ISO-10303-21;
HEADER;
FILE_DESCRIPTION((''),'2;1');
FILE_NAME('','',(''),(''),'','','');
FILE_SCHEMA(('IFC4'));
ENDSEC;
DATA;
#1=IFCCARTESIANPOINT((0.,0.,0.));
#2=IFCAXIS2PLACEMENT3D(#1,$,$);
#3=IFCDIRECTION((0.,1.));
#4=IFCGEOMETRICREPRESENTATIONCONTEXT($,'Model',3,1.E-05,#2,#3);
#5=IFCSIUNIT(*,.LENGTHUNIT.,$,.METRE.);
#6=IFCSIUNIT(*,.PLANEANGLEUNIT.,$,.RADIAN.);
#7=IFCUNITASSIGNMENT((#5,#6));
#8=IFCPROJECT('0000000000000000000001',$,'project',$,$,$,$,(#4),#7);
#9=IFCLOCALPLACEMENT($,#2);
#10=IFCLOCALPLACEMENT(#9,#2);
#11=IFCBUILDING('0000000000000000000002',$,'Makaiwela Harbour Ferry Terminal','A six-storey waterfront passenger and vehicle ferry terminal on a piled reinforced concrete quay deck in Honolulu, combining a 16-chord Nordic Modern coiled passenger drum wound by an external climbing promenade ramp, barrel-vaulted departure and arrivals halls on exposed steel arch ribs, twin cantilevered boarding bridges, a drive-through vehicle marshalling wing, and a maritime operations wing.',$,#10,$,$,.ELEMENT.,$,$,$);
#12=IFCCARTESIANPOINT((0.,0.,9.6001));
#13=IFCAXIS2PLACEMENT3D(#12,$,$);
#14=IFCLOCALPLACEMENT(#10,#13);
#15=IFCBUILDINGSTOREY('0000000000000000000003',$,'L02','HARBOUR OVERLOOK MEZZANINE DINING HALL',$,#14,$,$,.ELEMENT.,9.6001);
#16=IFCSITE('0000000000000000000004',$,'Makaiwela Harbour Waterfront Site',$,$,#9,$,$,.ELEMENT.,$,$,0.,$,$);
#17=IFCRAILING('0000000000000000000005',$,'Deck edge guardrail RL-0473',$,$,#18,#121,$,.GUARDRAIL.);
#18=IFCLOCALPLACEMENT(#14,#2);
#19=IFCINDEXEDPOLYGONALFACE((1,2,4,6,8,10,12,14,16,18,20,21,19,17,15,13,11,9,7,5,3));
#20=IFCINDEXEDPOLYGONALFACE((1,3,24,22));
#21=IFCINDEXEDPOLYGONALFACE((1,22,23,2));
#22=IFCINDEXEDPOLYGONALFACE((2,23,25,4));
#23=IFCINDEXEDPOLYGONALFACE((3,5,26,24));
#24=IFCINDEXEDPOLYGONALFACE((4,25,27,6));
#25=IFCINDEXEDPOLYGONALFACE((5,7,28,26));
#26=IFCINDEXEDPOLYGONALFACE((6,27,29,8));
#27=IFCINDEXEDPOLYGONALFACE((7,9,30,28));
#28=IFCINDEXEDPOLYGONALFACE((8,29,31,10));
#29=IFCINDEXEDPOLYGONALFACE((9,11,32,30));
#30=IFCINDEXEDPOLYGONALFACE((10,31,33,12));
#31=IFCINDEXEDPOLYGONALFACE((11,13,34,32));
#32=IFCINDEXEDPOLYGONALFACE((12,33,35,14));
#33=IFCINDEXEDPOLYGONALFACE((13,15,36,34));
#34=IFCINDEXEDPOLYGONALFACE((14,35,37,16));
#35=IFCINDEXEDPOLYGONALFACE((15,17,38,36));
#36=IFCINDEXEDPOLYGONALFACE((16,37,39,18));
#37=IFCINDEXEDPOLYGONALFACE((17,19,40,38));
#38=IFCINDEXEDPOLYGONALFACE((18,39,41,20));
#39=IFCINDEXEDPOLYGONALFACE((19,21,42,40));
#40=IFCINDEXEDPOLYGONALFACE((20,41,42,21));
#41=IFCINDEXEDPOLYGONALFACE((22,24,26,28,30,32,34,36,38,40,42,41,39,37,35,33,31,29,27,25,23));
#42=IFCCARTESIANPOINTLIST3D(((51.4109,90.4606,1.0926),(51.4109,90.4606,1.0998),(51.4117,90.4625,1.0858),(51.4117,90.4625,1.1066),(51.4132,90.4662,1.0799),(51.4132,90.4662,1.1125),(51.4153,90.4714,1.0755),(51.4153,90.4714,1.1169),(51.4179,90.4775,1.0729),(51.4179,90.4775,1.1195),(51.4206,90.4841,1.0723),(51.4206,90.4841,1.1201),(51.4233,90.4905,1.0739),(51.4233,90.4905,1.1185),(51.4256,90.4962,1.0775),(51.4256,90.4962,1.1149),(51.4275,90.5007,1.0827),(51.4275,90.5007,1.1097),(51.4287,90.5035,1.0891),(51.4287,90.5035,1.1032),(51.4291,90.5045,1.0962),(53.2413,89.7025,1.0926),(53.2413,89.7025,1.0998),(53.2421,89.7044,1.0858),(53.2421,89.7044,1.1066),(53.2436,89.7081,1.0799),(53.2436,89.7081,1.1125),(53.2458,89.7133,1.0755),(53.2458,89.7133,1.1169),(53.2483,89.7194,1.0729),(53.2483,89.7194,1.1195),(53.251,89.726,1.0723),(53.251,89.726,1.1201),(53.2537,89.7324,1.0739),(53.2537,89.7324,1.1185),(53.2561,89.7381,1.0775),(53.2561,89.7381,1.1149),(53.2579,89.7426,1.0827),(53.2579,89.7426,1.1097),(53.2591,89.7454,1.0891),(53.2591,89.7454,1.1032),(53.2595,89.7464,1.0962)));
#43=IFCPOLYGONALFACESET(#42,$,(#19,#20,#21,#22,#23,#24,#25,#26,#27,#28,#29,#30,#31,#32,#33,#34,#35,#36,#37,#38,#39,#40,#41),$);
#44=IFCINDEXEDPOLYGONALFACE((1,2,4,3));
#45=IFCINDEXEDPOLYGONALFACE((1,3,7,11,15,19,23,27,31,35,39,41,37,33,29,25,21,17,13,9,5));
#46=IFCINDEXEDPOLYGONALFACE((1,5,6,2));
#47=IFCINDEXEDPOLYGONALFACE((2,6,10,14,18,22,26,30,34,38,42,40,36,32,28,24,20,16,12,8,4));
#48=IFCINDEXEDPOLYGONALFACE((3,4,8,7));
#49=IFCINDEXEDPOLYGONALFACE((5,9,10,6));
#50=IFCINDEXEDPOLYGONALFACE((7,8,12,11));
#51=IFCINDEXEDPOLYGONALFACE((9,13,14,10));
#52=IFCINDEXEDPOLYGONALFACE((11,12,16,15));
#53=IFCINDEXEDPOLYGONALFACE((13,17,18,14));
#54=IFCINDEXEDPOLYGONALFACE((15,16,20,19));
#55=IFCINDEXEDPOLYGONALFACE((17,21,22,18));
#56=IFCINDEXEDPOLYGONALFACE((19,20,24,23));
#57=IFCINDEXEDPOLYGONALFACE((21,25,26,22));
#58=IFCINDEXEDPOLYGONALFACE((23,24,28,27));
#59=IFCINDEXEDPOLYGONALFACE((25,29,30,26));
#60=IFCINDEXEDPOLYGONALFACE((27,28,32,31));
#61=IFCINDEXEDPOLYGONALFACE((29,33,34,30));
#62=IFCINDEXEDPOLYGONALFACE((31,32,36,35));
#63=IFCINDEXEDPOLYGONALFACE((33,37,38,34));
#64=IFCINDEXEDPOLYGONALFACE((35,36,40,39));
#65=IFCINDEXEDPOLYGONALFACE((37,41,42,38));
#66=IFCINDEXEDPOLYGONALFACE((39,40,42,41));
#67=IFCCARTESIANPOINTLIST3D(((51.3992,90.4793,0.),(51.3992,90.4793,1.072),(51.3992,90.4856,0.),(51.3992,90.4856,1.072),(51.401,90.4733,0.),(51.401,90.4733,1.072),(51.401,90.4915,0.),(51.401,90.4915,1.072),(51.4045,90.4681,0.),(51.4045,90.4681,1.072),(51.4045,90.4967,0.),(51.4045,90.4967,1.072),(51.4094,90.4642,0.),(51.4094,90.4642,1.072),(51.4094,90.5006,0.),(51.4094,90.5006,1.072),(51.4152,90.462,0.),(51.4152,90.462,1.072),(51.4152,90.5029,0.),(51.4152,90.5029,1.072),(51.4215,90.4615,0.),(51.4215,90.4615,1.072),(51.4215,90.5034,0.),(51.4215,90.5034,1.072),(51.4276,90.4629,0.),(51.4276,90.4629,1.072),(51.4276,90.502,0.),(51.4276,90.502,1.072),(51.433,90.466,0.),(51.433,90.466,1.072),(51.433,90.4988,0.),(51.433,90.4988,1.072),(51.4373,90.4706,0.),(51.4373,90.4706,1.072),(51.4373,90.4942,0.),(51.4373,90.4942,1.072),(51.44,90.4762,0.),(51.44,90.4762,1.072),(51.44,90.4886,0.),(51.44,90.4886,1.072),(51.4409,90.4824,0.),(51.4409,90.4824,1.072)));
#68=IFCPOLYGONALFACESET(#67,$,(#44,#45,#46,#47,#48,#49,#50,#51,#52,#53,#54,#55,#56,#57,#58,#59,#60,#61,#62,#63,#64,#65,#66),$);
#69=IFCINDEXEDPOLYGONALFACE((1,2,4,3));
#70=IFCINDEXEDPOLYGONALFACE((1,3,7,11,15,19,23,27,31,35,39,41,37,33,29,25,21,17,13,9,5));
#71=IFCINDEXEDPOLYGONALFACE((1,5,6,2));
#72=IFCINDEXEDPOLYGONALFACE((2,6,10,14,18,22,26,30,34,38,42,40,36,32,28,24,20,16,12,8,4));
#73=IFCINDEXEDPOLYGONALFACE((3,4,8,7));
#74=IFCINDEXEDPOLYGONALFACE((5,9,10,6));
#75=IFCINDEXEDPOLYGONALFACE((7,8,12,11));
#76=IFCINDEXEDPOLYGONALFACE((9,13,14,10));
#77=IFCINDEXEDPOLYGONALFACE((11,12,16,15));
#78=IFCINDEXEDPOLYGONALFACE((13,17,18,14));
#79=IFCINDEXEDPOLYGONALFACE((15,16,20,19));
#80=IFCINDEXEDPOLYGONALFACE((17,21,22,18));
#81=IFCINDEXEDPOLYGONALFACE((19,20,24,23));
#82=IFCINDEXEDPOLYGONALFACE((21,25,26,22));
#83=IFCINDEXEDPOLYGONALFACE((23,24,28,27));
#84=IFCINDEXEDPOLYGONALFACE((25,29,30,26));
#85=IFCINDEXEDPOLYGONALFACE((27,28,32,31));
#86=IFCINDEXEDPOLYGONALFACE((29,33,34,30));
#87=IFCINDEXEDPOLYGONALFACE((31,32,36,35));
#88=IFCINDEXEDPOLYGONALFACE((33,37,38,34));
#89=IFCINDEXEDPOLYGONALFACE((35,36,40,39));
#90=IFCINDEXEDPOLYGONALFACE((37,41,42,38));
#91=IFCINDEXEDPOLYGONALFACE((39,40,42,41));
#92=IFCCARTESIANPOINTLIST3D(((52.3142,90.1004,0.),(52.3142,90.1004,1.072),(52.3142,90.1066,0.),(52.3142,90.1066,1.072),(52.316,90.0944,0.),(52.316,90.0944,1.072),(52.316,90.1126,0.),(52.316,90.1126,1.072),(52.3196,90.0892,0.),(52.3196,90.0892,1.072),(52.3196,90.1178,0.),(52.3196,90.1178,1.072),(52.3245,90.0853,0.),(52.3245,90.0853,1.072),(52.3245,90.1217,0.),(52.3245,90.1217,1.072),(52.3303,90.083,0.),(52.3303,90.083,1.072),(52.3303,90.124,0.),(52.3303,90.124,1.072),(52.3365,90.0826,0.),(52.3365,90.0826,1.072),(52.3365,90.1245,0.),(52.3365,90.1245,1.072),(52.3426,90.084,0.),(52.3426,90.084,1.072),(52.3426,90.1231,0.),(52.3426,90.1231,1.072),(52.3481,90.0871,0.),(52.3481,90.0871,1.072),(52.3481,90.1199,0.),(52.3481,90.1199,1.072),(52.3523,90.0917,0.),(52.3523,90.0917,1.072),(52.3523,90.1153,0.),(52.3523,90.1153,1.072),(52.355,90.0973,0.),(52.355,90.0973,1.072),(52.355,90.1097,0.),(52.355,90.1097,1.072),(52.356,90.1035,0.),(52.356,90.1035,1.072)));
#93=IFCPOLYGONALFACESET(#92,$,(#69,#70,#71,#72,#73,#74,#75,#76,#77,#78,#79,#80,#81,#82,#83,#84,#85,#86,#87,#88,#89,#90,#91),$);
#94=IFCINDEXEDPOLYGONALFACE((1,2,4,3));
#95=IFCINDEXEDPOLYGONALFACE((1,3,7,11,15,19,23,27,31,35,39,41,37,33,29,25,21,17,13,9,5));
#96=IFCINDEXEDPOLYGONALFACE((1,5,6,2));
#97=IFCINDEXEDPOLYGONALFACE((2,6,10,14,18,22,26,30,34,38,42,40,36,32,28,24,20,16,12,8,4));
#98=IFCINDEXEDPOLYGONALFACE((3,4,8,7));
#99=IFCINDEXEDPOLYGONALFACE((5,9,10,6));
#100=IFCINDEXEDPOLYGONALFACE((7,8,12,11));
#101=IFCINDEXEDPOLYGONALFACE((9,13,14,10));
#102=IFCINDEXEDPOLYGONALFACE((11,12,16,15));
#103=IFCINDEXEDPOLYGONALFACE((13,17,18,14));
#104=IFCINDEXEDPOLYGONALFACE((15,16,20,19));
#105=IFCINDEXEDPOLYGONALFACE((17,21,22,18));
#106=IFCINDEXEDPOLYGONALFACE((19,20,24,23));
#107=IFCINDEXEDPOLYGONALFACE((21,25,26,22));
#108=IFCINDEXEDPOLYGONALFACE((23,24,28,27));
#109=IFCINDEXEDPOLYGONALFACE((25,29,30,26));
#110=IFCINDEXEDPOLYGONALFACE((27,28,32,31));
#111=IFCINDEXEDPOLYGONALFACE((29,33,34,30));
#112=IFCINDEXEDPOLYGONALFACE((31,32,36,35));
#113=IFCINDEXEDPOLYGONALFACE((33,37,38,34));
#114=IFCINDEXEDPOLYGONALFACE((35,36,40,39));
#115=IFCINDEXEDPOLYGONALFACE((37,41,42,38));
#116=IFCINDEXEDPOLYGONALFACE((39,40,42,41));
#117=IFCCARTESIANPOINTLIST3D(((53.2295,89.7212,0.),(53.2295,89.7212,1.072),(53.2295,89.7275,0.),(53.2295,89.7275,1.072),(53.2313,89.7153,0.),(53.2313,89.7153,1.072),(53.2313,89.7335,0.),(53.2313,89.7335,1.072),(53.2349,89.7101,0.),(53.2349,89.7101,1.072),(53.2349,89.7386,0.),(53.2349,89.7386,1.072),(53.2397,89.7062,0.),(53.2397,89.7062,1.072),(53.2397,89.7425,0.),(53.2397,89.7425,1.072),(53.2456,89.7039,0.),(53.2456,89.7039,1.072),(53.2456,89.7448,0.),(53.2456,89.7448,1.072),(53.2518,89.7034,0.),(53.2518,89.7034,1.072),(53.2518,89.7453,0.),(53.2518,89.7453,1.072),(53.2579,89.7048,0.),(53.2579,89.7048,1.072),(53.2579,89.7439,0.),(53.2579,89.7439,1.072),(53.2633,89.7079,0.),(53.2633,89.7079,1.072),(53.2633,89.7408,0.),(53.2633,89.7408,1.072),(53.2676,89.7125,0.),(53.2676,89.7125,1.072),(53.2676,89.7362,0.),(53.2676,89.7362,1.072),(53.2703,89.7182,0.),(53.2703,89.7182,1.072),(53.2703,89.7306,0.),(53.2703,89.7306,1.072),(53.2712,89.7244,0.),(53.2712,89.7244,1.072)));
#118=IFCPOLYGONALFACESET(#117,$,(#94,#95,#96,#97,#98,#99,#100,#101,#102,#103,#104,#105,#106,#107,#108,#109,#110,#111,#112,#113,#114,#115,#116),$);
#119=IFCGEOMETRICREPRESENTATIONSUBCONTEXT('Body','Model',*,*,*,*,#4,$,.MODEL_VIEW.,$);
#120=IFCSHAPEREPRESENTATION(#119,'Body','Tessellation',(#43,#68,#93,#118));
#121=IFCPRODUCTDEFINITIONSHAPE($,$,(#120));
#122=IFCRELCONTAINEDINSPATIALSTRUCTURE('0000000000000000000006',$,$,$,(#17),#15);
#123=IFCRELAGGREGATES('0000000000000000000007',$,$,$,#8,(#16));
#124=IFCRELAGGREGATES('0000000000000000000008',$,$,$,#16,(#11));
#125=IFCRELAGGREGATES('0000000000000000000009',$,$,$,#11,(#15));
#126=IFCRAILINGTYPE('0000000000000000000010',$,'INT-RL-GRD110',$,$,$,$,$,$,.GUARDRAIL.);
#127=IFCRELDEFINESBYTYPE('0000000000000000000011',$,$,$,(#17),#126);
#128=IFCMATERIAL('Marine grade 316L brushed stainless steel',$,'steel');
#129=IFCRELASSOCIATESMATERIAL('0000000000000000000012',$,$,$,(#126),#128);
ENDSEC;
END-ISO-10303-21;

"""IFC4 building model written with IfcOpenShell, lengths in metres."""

from ifc_helpers import new_model, si_unit, direction, frame, origin, origin_2d, place, context, subcontext, project, spatial, circle, extrude, material, type_object, element, save


model = new_model("IFC4")

# Units and contexts
model_context = context("Model", 3, precision=1e-05, world=origin(), true_north=direction((0.0, 1.0)))
body_context = subcontext(model_context, "Body", "Model", "MODEL_VIEW")
ifc_project = project(units=[si_unit("LENGTHUNIT", "METRE"), si_unit("PLANEANGLEUNIT", "RADIAN")], contexts=[model_context])

# Site, building, storey
site_placement = place(None, origin())
site = spatial("IfcSite", under=ifc_project, at=site_placement, Name="Makaiwela Harbour Waterfront Site", CompositionType="ELEMENT", RefElevation=0.0)
building_placement = place(site_placement, origin())
building = spatial("IfcBuilding", under=site, at=building_placement, Name="Makaiwela Harbour Ferry Terminal", Description="A six-storey waterfront passenger and vehicle ferry terminal on a piled reinforced concrete quay deck in Honolulu, combining a 16-chord Nordic Modern coiled passenger drum wound by an external climbing promenade ramp, barrel-vaulted departure and arrivals halls on exposed steel arch ribs, twin cantilevered boarding bridges, a drive-through vehicle marshalling wing, and a maritime operations wing.", CompositionType="ELEMENT")
storey_placement = place(building_placement, frame((0.0, 0.0, 9.6001)))
storey = spatial("IfcBuildingStorey", under=building, at=storey_placement, Name="L02", Description="HARBOUR OVERLOOK MEZZANINE DINING HALL", CompositionType="ELEMENT", Elevation=9.6001)

# Railing
ifc_material_1 = material(Name="Marine grade 316L brushed stainless steel", Category="steel")
railing_type = type_object("IfcRailingType", Name="INT-RL-GRD110", PredefinedType="GUARDRAIL", material=ifc_material_1)
railing_1_placement = place(storey_placement, frame((51.4199, 90.4824, 0.0)))
element("IfcRailing", 1, at=railing_1_placement, inside=storey, type_object=railing_type, Name="Deck edge guardrail RL-0473", PredefinedType="GUARDRAIL", context=body_context, shape_type="SweptSolid", body=[
    extrude(circle(Radius=0.0239, at=origin_2d()), frame((0.0, 0.0, 1.0962), z_axis=(0.923895, -0.382646, 0.0), x_axis=(0.382646, 0.923895, 0.0)), (0.0, 0.0, 1.0), 1.9812),
    extrude(circle(Radius=0.021, at=origin_2d()), origin(), (0.0, 0.0, 1.0), 1.072),
    extrude(circle(Radius=0.021, at=origin_2d()), frame((0.915, -0.3789, 0.0)), (0.0, 0.0, 1.0), 1.072),
    extrude(circle(Radius=0.021, at=origin_2d()), frame((1.8303, -0.7581, 0.0)), (0.0, 0.0, 1.0), 1.072),
])

save(model, "model.ifc")
